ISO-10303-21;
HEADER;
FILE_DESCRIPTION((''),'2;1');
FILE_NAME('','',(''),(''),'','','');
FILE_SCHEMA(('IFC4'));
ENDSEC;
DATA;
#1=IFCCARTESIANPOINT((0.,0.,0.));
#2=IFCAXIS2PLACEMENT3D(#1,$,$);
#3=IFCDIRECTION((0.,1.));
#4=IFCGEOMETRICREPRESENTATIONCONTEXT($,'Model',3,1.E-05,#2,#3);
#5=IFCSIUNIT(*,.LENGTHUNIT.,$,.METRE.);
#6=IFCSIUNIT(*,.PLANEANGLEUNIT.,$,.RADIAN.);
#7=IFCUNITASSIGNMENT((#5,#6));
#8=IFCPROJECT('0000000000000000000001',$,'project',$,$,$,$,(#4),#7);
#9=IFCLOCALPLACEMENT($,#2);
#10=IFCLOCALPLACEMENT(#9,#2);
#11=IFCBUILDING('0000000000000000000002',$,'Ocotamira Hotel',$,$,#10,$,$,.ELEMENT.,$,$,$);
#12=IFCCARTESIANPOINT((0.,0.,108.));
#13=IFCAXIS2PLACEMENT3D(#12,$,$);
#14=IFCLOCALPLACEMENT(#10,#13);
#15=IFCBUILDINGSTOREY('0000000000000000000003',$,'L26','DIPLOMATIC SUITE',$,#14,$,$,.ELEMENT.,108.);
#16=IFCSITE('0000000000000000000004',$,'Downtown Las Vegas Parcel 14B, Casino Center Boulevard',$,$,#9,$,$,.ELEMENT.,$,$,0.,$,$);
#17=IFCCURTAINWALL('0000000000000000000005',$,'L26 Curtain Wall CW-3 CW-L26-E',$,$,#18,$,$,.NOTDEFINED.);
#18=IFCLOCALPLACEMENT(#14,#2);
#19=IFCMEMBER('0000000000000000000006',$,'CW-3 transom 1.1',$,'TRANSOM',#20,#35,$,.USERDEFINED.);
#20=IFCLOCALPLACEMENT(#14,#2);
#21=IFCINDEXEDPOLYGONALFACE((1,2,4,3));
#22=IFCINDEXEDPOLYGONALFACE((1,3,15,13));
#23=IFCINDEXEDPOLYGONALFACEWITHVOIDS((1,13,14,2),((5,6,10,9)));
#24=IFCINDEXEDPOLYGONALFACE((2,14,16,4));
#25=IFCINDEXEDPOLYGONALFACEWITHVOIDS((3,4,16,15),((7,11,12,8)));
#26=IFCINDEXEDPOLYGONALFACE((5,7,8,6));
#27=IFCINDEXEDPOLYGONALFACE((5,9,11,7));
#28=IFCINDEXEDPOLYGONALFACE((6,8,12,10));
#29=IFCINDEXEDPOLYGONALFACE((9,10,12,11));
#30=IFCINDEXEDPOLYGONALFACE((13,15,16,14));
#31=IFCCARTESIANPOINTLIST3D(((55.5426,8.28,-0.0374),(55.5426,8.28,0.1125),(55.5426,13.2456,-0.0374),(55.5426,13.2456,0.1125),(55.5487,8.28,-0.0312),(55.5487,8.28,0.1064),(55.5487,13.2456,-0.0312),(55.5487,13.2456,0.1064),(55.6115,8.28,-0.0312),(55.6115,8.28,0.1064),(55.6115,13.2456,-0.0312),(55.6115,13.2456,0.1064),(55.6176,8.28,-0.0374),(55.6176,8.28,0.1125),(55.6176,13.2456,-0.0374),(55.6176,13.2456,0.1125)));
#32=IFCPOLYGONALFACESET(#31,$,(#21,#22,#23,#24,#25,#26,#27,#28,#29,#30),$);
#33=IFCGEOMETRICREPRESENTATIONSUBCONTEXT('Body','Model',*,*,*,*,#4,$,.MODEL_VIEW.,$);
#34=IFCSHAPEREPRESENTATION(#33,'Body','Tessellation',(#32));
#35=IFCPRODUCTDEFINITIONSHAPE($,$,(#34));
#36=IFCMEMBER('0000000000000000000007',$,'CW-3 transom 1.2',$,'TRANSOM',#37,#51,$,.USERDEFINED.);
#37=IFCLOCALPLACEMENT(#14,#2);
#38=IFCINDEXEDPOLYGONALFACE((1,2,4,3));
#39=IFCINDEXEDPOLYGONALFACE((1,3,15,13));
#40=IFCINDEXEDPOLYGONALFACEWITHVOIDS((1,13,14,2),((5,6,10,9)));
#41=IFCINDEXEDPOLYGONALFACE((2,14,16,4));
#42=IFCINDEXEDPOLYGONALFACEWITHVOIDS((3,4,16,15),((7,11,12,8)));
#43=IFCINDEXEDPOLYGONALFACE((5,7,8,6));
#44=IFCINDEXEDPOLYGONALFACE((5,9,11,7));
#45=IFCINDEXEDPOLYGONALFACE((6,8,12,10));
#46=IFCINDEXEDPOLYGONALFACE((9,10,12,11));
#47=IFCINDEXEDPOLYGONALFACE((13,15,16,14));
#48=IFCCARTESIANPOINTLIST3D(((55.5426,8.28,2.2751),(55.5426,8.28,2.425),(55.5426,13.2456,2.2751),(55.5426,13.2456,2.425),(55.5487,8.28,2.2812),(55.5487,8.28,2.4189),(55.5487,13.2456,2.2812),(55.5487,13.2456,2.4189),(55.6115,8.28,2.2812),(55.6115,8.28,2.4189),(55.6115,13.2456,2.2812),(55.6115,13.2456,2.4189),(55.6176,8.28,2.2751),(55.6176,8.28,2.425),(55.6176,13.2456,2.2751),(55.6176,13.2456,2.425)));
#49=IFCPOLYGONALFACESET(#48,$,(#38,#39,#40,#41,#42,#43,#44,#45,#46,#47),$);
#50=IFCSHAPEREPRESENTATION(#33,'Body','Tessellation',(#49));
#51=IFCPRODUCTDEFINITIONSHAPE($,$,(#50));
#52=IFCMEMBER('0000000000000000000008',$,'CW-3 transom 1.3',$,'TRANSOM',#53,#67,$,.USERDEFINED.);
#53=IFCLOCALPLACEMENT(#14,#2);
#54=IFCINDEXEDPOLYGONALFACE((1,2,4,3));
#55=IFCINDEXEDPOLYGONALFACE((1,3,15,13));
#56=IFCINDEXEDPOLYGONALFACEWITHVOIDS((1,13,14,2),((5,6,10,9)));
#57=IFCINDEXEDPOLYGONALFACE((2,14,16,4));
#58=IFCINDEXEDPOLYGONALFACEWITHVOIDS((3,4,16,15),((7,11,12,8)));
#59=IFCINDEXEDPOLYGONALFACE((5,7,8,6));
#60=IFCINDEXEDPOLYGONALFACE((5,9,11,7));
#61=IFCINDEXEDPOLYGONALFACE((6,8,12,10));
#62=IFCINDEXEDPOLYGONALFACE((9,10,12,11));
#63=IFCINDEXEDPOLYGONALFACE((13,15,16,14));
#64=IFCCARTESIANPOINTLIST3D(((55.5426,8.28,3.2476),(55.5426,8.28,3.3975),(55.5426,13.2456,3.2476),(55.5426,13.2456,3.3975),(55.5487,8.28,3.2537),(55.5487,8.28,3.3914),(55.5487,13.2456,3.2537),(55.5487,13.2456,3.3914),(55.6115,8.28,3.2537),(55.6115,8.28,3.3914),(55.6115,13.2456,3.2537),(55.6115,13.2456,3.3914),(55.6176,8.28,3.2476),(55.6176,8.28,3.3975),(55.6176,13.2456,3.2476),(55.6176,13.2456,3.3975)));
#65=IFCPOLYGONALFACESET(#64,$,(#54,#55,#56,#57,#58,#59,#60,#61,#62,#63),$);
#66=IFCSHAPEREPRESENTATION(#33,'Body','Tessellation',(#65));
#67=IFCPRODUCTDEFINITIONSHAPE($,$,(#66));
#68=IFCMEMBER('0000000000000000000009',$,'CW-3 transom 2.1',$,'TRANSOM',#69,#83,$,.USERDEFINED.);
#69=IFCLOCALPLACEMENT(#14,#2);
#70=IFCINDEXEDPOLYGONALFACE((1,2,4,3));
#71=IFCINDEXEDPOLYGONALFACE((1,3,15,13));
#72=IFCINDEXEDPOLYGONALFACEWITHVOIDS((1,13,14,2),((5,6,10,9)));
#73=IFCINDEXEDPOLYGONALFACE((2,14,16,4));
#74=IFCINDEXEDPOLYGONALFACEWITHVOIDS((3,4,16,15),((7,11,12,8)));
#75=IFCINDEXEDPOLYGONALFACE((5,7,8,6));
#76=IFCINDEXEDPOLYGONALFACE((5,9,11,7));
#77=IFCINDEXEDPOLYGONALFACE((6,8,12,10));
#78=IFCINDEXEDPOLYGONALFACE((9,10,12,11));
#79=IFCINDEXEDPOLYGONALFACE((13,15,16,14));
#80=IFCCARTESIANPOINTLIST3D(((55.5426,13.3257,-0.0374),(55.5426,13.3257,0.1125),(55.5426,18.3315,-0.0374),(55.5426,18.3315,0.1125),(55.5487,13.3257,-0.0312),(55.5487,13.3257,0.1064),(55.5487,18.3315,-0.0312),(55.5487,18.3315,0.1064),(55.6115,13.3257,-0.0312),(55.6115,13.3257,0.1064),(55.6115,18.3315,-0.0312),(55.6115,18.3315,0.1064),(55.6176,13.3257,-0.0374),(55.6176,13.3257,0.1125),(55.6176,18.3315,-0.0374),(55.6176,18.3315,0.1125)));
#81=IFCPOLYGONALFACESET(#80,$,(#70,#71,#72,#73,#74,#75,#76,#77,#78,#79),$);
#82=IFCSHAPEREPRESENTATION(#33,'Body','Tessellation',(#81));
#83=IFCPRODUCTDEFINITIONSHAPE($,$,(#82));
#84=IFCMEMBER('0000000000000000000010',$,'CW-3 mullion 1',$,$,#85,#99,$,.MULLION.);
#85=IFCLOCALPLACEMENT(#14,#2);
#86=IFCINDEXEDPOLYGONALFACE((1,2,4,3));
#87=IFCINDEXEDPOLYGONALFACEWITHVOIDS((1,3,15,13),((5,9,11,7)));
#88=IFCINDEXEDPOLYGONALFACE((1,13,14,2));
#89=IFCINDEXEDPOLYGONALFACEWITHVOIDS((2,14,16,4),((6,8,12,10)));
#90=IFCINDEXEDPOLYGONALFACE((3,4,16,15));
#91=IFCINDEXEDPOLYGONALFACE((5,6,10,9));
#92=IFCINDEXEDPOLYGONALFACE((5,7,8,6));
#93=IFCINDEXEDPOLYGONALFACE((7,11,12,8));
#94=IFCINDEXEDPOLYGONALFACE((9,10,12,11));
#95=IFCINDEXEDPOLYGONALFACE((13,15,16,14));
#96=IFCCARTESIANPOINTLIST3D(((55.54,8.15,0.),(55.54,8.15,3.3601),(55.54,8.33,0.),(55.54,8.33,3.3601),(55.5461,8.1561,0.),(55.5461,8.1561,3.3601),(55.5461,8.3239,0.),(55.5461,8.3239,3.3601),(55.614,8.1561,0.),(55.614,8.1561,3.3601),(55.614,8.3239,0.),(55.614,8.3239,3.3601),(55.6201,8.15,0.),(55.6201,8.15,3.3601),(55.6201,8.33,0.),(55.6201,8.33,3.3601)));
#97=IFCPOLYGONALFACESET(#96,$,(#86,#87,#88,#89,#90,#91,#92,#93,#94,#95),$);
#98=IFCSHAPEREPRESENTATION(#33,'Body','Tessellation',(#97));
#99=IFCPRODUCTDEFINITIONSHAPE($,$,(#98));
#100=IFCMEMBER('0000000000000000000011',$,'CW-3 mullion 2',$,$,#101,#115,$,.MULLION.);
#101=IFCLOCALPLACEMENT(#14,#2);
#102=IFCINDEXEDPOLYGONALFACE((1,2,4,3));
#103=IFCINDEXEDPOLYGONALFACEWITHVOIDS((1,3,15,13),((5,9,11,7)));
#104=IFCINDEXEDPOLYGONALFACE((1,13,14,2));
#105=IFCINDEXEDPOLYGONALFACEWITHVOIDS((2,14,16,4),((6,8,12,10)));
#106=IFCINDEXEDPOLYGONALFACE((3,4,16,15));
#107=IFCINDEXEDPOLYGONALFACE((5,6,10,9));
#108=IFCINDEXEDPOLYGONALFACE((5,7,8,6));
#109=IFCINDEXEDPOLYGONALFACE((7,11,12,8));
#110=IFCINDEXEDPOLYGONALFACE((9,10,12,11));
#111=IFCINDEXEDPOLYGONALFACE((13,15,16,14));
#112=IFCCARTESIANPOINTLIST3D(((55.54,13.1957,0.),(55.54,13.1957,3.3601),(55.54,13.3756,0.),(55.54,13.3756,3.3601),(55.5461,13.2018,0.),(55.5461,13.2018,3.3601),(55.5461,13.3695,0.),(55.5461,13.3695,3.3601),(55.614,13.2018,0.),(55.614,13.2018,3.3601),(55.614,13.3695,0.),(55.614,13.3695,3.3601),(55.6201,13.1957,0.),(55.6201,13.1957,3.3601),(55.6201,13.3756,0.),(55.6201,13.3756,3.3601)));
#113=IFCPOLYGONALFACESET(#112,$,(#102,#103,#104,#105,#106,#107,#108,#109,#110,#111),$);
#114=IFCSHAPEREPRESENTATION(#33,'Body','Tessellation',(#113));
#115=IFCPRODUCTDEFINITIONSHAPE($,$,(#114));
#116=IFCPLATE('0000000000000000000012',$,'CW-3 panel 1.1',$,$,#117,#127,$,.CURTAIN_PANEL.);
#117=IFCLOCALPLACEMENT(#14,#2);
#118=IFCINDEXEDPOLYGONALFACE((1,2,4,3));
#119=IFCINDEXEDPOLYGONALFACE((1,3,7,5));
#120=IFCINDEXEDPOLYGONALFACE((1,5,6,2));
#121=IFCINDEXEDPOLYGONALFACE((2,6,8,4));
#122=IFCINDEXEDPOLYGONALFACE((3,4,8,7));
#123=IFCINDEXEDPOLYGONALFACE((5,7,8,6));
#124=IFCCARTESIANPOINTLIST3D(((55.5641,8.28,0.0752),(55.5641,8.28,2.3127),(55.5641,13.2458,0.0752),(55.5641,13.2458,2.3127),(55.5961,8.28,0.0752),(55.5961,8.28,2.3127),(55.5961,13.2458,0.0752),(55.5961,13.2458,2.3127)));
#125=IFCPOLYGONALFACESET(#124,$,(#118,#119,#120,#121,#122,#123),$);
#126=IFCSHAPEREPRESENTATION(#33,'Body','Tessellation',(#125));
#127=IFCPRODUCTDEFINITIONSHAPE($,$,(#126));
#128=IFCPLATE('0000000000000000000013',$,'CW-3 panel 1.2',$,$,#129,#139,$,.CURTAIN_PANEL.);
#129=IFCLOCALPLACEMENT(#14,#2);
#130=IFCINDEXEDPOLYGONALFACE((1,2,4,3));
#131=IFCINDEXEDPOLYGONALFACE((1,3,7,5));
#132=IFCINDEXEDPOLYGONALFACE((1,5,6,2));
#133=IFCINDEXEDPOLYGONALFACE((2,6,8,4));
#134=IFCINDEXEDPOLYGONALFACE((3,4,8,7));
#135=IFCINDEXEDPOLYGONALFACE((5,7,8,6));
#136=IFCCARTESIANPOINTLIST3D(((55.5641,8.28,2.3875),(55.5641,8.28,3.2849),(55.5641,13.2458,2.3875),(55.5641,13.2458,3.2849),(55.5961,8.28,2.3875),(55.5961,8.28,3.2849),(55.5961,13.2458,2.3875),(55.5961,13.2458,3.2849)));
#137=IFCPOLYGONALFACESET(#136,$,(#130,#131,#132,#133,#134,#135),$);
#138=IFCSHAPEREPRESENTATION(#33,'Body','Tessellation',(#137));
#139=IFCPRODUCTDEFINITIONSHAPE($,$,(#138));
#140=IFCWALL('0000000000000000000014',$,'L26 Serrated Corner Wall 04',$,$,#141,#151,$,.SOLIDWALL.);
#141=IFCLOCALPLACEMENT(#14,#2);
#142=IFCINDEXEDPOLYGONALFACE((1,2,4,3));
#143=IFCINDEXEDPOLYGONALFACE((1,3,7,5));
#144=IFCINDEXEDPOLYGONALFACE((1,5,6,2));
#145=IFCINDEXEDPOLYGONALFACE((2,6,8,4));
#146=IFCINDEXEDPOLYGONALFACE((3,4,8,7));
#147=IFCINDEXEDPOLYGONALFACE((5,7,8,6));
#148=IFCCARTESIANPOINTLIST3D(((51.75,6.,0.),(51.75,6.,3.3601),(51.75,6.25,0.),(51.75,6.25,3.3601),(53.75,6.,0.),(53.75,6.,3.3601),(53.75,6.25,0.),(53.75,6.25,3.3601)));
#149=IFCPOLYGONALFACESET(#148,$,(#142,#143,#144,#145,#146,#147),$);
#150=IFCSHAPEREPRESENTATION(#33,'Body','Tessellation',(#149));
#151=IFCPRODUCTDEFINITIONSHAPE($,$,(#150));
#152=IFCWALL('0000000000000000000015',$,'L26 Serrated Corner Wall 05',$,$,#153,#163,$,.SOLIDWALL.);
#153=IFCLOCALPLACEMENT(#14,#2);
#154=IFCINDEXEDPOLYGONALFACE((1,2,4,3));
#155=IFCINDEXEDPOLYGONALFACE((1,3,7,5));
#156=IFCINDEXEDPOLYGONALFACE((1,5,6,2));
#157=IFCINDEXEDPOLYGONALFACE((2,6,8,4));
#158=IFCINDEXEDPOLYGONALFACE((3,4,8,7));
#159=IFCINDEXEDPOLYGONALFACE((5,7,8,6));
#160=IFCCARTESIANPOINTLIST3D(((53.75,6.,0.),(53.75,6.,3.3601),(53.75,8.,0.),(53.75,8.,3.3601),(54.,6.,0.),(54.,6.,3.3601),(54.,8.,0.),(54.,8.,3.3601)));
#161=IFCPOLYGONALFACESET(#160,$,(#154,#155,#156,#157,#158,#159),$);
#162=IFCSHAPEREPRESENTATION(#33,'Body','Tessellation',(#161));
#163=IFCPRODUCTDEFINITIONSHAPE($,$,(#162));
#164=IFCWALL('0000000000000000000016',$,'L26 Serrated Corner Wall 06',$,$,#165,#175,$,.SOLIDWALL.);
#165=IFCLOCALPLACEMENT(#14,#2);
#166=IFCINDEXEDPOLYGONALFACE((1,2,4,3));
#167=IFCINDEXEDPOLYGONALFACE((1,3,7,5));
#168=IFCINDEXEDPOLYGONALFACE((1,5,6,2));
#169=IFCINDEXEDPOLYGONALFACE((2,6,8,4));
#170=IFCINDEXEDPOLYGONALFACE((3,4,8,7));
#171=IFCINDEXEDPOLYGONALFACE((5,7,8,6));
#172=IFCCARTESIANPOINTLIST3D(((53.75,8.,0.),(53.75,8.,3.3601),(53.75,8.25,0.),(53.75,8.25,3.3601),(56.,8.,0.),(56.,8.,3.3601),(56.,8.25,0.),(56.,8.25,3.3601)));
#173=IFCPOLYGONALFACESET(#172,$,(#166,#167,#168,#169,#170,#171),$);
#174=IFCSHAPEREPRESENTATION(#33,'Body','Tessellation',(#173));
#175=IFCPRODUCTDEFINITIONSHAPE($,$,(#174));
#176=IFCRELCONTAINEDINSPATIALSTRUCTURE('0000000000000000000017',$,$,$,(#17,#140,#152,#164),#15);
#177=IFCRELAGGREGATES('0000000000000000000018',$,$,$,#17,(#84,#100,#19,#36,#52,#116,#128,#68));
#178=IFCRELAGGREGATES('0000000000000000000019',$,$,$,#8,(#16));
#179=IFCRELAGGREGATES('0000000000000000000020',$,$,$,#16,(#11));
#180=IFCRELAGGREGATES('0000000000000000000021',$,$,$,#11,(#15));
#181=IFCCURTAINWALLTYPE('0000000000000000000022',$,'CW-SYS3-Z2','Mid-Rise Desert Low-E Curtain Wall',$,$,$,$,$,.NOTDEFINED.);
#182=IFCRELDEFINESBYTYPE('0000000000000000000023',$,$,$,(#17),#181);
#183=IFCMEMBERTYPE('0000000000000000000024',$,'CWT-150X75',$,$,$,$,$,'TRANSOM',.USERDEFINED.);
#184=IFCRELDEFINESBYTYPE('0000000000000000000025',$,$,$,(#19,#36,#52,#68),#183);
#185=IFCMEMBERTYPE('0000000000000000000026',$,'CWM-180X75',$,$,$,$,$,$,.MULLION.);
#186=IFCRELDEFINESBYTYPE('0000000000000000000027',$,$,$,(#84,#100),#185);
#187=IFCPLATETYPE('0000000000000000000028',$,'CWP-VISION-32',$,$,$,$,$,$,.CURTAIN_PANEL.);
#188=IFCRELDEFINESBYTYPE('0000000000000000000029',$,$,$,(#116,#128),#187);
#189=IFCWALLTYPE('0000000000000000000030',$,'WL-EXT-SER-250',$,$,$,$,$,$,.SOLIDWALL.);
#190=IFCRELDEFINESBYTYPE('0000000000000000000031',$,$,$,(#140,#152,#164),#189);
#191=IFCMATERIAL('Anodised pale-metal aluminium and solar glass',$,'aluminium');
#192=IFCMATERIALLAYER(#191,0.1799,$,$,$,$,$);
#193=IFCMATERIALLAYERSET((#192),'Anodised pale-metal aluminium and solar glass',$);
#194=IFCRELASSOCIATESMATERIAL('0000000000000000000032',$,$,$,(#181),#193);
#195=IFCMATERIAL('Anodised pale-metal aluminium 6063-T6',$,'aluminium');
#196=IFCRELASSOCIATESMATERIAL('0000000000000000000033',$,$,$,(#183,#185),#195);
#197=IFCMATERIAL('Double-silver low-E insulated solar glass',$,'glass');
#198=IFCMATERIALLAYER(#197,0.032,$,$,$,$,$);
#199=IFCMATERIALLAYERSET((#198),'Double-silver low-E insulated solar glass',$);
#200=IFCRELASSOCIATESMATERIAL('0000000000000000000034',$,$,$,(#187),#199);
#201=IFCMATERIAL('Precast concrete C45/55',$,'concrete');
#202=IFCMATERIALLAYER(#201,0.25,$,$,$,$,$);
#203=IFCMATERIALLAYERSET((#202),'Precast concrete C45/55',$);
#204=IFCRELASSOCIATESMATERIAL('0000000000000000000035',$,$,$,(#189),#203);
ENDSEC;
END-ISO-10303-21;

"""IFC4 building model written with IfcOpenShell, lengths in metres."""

from ifc_helpers import new_model, si_unit, direction, frame, frame_2d, origin, origin_2d, place, context, subcontext, project, spatial, rectangle, hollow_rectangle, extrude, source, transform, mapped, material, layer, layer_set, material_profile, profile_set, type_object, element, aggregate, save


model = new_model("IFC4")

# Units and contexts
model_context = context("Model", 3, precision=1e-05, world=origin(), true_north=direction((0.0, 1.0)))
body_context = subcontext(model_context, "Body", "Model", "MODEL_VIEW")
ifc_project = project(units=[si_unit("LENGTHUNIT", "METRE"), si_unit("PLANEANGLEUNIT", "RADIAN")], contexts=[model_context])

# Site, building, storey
site_placement = place(None, origin())
site = spatial("IfcSite", under=ifc_project, at=site_placement, Name="Downtown Las Vegas Parcel 14B, Casino Center Boulevard", CompositionType="ELEMENT", RefElevation=0.0)
building_placement = place(site_placement, origin())
building = spatial("IfcBuilding", under=site, at=building_placement, Name="Ocotamira Hotel", CompositionType="ELEMENT")
storey_placement = place(building_placement, frame((0.0, 0.0, 108.0)))
storey = spatial("IfcBuildingStorey", under=building, at=storey_placement, Name="L26", Description="DIPLOMATIC SUITE", CompositionType="ELEMENT", Elevation=108.0)

# Curtain wall, members, plates
ifc_material_1 = material(Name="Anodised pale-metal aluminium and solar glass", Category="aluminium")
ifc_layer_1 = layer(ifc_material_1, 0.1799)
ifc_layer_set_1 = layer_set([ifc_layer_1], Name="Anodised pale-metal aluminium and solar glass")
curtain_wall_type = type_object("IfcCurtainWallType", Name="CW-SYS3-Z2", Description="Mid-Rise Desert Low-E Curtain Wall", PredefinedType="NOTDEFINED", material=ifc_layer_set_1)
curtain_wall_placement = place(storey_placement, origin())
curtain_wall = element("IfcCurtainWall", 1, at=curtain_wall_placement, inside=storey, type_object=curtain_wall_type, Name="L26 Curtain Wall CW-3 CW-L26-E", PredefinedType="NOTDEFINED")
ifc_material_2 = material(Name="Anodised pale-metal aluminium 6063-T6", Category="aluminium")
ifc_material_profile_1 = material_profile(ifc_material_2, hollow_rectangle(XDim=0.075, YDim=0.1499, WallThickness=0.0061, at=origin_2d()), Name="HSS150X75X6")
ifc_profile_set_1 = profile_set([ifc_material_profile_1], Name="Anodised pale-metal aluminium 6063-T6")
member_type_1 = type_object("IfcMemberType", Name="CWT-150X75", ElementType="TRANSOM", PredefinedType="USERDEFINED", material=ifc_profile_set_1)
shared_shape_1 = source(origin(), body_context, "Body", "SweptSolid", [
    extrude(hollow_rectangle(XDim=0.075, YDim=0.1499, WallThickness=0.0061, at=origin_2d()), origin(), (0.0, 0.0, 1.0), 4.9656),
])
member_1_placement = place(storey_placement, frame((55.5801, 8.28, 0.0376), z_axis=(0.0, 1.0, 0.0), x_axis=(-1.0, 0.0, 0.0)))
member_1 = element("IfcMember", 2, at=member_1_placement, type_object=member_type_1, Name="CW-3 transom 1.1", ObjectType="TRANSOM", PredefinedType="USERDEFINED", context=body_context, shape_type="MappedRepresentation", body=[
    mapped(shared_shape_1, transform((0.0, 0.0, 0.0), scale=1.0)),
])
member_2_placement = place(storey_placement, frame((55.5801, 8.28, 2.3501), z_axis=(0.0, 1.0, 0.0), x_axis=(-1.0, 0.0, 0.0)))
member_2 = element("IfcMember", 3, at=member_2_placement, type_object=member_type_1, Name="CW-3 transom 1.2", ObjectType="TRANSOM", PredefinedType="USERDEFINED", context=body_context, shape_type="MappedRepresentation", body=[
    mapped(shared_shape_1, transform((0.0, 0.0, 0.0), scale=1.0)),
])
member_3_placement = place(storey_placement, frame((55.5801, 8.28, 3.3225), z_axis=(0.0, 1.0, 0.0), x_axis=(-1.0, 0.0, 0.0)))
member_3 = element("IfcMember", 4, at=member_3_placement, type_object=member_type_1, Name="CW-3 transom 1.3", ObjectType="TRANSOM", PredefinedType="USERDEFINED", context=body_context, shape_type="MappedRepresentation", body=[
    mapped(shared_shape_1, transform((0.0, 0.0, 0.0), scale=1.0)),
])
shared_shape_2 = source(origin(), body_context, "Body", "SweptSolid", [
    extrude(hollow_rectangle(XDim=0.075, YDim=0.1499, WallThickness=0.0061, at=origin_2d()), origin(), (0.0, 0.0, 1.0), 5.0059),
])
member_4_placement = place(storey_placement, frame((55.5801, 13.3257, 0.0376), z_axis=(0.0, 1.0, 0.0), x_axis=(-1.0, 0.0, 0.0)))
member_4 = element("IfcMember", 5, at=member_4_placement, type_object=member_type_1, Name="CW-3 transom 2.1", ObjectType="TRANSOM", PredefinedType="USERDEFINED", context=body_context, shape_type="MappedRepresentation", body=[
    mapped(shared_shape_2, transform((0.0, 0.0, 0.0), scale=1.0)),
])
ifc_material_profile_2 = material_profile(ifc_material_2, hollow_rectangle(XDim=0.0801, YDim=0.1799, WallThickness=0.0061, at=origin_2d()), Name="HSS180X80X6")
ifc_profile_set_2 = profile_set([ifc_material_profile_2], Name="Anodised pale-metal aluminium 6063-T6")
member_type_2 = type_object("IfcMemberType", Name="CWM-180X75", PredefinedType="MULLION", material=ifc_profile_set_2)
shared_shape_3 = source(origin(), body_context, "Body", "SweptSolid", [
    extrude(hollow_rectangle(XDim=0.0801, YDim=0.1799, WallThickness=0.0061, at=origin_2d()), origin(), (0.0, 0.0, 1.0), 3.3601),
])
member_5_placement = place(storey_placement, frame((55.5801, 8.24, 0.0), z_axis=(0.0, 0.0, 1.0), x_axis=(-1.0, 0.0, 0.0)))
member_5 = element("IfcMember", 6, at=member_5_placement, type_object=member_type_2, Name="CW-3 mullion 1", PredefinedType="MULLION", context=body_context, shape_type="MappedRepresentation", body=[
    mapped(shared_shape_3, transform((0.0, 0.0, 0.0), scale=1.0)),
])
member_6_placement = place(storey_placement, frame((55.5801, 13.2856, 0.0), z_axis=(0.0, 0.0, 1.0), x_axis=(-1.0, 0.0, 0.0)))
member_6 = element("IfcMember", 7, at=member_6_placement, type_object=member_type_2, Name="CW-3 mullion 2", PredefinedType="MULLION", context=body_context, shape_type="MappedRepresentation", body=[
    mapped(shared_shape_3, transform((0.0, 0.0, 0.0), scale=1.0)),
])
ifc_material_3 = material(Name="Double-silver low-E insulated solar glass", Category="glass")
ifc_layer_2 = layer(ifc_material_3, 0.032)
ifc_layer_set_2 = layer_set([ifc_layer_2], Name="Double-silver low-E insulated solar glass")
plate_type = type_object("IfcPlateType", Name="CWP-VISION-32", PredefinedType="CURTAIN_PANEL", material=ifc_layer_set_2)
shared_shape_4 = source(origin(), body_context, "Body", "SweptSolid", [
    extrude(rectangle(XDim=4.9658, YDim=0.032, at=origin_2d()), origin(), (0.0, 0.0, 1.0), 2.2375),
])
plate_1_placement = place(storey_placement, frame((55.5801, 10.7629, 0.0752), z_axis=(0.0, 0.0, 1.0), x_axis=(0.0, 1.0, 0.0)))
plate_1 = element("IfcPlate", 8, at=plate_1_placement, type_object=plate_type, Name="CW-3 panel 1.1", PredefinedType="CURTAIN_PANEL", context=body_context, shape_type="MappedRepresentation", body=[
    mapped(shared_shape_4, transform((0.0, 0.0, 0.0), scale=1.0)),
])
shared_shape_5 = source(origin(), body_context, "Body", "SweptSolid", [
    extrude(rectangle(XDim=4.9658, YDim=0.032, at=origin_2d()), origin(), (0.0, 0.0, 1.0), 0.8975),
])
plate_2_placement = place(storey_placement, frame((55.5801, 10.7629, 2.3875), z_axis=(0.0, 0.0, 1.0), x_axis=(0.0, 1.0, 0.0)))
plate_2 = element("IfcPlate", 9, at=plate_2_placement, type_object=plate_type, Name="CW-3 panel 1.2", PredefinedType="CURTAIN_PANEL", context=body_context, shape_type="MappedRepresentation", body=[
    mapped(shared_shape_5, transform((0.0, 0.0, 0.0), scale=1.0)),
])
aggregate(curtain_wall, [member_5, member_6, member_1, member_2, member_3, plate_1, plate_2, member_4])

# Walls
ifc_material_4 = material(Name="Precast concrete C45/55", Category="concrete")
ifc_layer_3 = layer(ifc_material_4, 0.25)
ifc_layer_set_3 = layer_set([ifc_layer_3], Name="Precast concrete C45/55")
wall_type_1 = type_object("IfcWallType", Name="WL-EXT-SER-250", PredefinedType="SOLIDWALL", material=ifc_layer_set_3)
for number, where, z_axis, x_axis, name in (
    (10, (51.75, 6.125, 0.0), (0.0, 0.0, 1.0), (1.0, 0.0, 0.0), "L26 Serrated Corner Wall 04"),
    (11, (53.875, 6.0, 0.0), (0.0, 0.0, 1.0), (0.0, 1.0, 0.0), "L26 Serrated Corner Wall 05"),
):
    element("IfcWall", number, at=place(storey_placement, frame(where, z_axis=z_axis, x_axis=x_axis)), inside=storey, type_object=wall_type_1, Name=name, PredefinedType="SOLIDWALL", context=body_context, shape_type="SweptSolid", body=[
        extrude(rectangle(XDim=2.0, YDim=0.25, at=frame_2d((1.0, 0.0))), origin(), (0.0, 0.0, 1.0), 3.3601),
    ])
wall_1_placement = place(storey_placement, frame((53.75, 8.125, 0.0), z_axis=(0.0, 0.0, 1.0), x_axis=(1.0, 0.0, 0.0)))
element("IfcWall", 12, at=wall_1_placement, inside=storey, type_object=wall_type_1, Name="L26 Serrated Corner Wall 06", PredefinedType="SOLIDWALL", context=body_context, shape_type="SweptSolid", body=[
    extrude(rectangle(XDim=2.25, YDim=0.25, at=frame_2d((1.125, 0.0))), origin(), (0.0, 0.0, 1.0), 3.3601),
])

save(model, "model.ifc")
